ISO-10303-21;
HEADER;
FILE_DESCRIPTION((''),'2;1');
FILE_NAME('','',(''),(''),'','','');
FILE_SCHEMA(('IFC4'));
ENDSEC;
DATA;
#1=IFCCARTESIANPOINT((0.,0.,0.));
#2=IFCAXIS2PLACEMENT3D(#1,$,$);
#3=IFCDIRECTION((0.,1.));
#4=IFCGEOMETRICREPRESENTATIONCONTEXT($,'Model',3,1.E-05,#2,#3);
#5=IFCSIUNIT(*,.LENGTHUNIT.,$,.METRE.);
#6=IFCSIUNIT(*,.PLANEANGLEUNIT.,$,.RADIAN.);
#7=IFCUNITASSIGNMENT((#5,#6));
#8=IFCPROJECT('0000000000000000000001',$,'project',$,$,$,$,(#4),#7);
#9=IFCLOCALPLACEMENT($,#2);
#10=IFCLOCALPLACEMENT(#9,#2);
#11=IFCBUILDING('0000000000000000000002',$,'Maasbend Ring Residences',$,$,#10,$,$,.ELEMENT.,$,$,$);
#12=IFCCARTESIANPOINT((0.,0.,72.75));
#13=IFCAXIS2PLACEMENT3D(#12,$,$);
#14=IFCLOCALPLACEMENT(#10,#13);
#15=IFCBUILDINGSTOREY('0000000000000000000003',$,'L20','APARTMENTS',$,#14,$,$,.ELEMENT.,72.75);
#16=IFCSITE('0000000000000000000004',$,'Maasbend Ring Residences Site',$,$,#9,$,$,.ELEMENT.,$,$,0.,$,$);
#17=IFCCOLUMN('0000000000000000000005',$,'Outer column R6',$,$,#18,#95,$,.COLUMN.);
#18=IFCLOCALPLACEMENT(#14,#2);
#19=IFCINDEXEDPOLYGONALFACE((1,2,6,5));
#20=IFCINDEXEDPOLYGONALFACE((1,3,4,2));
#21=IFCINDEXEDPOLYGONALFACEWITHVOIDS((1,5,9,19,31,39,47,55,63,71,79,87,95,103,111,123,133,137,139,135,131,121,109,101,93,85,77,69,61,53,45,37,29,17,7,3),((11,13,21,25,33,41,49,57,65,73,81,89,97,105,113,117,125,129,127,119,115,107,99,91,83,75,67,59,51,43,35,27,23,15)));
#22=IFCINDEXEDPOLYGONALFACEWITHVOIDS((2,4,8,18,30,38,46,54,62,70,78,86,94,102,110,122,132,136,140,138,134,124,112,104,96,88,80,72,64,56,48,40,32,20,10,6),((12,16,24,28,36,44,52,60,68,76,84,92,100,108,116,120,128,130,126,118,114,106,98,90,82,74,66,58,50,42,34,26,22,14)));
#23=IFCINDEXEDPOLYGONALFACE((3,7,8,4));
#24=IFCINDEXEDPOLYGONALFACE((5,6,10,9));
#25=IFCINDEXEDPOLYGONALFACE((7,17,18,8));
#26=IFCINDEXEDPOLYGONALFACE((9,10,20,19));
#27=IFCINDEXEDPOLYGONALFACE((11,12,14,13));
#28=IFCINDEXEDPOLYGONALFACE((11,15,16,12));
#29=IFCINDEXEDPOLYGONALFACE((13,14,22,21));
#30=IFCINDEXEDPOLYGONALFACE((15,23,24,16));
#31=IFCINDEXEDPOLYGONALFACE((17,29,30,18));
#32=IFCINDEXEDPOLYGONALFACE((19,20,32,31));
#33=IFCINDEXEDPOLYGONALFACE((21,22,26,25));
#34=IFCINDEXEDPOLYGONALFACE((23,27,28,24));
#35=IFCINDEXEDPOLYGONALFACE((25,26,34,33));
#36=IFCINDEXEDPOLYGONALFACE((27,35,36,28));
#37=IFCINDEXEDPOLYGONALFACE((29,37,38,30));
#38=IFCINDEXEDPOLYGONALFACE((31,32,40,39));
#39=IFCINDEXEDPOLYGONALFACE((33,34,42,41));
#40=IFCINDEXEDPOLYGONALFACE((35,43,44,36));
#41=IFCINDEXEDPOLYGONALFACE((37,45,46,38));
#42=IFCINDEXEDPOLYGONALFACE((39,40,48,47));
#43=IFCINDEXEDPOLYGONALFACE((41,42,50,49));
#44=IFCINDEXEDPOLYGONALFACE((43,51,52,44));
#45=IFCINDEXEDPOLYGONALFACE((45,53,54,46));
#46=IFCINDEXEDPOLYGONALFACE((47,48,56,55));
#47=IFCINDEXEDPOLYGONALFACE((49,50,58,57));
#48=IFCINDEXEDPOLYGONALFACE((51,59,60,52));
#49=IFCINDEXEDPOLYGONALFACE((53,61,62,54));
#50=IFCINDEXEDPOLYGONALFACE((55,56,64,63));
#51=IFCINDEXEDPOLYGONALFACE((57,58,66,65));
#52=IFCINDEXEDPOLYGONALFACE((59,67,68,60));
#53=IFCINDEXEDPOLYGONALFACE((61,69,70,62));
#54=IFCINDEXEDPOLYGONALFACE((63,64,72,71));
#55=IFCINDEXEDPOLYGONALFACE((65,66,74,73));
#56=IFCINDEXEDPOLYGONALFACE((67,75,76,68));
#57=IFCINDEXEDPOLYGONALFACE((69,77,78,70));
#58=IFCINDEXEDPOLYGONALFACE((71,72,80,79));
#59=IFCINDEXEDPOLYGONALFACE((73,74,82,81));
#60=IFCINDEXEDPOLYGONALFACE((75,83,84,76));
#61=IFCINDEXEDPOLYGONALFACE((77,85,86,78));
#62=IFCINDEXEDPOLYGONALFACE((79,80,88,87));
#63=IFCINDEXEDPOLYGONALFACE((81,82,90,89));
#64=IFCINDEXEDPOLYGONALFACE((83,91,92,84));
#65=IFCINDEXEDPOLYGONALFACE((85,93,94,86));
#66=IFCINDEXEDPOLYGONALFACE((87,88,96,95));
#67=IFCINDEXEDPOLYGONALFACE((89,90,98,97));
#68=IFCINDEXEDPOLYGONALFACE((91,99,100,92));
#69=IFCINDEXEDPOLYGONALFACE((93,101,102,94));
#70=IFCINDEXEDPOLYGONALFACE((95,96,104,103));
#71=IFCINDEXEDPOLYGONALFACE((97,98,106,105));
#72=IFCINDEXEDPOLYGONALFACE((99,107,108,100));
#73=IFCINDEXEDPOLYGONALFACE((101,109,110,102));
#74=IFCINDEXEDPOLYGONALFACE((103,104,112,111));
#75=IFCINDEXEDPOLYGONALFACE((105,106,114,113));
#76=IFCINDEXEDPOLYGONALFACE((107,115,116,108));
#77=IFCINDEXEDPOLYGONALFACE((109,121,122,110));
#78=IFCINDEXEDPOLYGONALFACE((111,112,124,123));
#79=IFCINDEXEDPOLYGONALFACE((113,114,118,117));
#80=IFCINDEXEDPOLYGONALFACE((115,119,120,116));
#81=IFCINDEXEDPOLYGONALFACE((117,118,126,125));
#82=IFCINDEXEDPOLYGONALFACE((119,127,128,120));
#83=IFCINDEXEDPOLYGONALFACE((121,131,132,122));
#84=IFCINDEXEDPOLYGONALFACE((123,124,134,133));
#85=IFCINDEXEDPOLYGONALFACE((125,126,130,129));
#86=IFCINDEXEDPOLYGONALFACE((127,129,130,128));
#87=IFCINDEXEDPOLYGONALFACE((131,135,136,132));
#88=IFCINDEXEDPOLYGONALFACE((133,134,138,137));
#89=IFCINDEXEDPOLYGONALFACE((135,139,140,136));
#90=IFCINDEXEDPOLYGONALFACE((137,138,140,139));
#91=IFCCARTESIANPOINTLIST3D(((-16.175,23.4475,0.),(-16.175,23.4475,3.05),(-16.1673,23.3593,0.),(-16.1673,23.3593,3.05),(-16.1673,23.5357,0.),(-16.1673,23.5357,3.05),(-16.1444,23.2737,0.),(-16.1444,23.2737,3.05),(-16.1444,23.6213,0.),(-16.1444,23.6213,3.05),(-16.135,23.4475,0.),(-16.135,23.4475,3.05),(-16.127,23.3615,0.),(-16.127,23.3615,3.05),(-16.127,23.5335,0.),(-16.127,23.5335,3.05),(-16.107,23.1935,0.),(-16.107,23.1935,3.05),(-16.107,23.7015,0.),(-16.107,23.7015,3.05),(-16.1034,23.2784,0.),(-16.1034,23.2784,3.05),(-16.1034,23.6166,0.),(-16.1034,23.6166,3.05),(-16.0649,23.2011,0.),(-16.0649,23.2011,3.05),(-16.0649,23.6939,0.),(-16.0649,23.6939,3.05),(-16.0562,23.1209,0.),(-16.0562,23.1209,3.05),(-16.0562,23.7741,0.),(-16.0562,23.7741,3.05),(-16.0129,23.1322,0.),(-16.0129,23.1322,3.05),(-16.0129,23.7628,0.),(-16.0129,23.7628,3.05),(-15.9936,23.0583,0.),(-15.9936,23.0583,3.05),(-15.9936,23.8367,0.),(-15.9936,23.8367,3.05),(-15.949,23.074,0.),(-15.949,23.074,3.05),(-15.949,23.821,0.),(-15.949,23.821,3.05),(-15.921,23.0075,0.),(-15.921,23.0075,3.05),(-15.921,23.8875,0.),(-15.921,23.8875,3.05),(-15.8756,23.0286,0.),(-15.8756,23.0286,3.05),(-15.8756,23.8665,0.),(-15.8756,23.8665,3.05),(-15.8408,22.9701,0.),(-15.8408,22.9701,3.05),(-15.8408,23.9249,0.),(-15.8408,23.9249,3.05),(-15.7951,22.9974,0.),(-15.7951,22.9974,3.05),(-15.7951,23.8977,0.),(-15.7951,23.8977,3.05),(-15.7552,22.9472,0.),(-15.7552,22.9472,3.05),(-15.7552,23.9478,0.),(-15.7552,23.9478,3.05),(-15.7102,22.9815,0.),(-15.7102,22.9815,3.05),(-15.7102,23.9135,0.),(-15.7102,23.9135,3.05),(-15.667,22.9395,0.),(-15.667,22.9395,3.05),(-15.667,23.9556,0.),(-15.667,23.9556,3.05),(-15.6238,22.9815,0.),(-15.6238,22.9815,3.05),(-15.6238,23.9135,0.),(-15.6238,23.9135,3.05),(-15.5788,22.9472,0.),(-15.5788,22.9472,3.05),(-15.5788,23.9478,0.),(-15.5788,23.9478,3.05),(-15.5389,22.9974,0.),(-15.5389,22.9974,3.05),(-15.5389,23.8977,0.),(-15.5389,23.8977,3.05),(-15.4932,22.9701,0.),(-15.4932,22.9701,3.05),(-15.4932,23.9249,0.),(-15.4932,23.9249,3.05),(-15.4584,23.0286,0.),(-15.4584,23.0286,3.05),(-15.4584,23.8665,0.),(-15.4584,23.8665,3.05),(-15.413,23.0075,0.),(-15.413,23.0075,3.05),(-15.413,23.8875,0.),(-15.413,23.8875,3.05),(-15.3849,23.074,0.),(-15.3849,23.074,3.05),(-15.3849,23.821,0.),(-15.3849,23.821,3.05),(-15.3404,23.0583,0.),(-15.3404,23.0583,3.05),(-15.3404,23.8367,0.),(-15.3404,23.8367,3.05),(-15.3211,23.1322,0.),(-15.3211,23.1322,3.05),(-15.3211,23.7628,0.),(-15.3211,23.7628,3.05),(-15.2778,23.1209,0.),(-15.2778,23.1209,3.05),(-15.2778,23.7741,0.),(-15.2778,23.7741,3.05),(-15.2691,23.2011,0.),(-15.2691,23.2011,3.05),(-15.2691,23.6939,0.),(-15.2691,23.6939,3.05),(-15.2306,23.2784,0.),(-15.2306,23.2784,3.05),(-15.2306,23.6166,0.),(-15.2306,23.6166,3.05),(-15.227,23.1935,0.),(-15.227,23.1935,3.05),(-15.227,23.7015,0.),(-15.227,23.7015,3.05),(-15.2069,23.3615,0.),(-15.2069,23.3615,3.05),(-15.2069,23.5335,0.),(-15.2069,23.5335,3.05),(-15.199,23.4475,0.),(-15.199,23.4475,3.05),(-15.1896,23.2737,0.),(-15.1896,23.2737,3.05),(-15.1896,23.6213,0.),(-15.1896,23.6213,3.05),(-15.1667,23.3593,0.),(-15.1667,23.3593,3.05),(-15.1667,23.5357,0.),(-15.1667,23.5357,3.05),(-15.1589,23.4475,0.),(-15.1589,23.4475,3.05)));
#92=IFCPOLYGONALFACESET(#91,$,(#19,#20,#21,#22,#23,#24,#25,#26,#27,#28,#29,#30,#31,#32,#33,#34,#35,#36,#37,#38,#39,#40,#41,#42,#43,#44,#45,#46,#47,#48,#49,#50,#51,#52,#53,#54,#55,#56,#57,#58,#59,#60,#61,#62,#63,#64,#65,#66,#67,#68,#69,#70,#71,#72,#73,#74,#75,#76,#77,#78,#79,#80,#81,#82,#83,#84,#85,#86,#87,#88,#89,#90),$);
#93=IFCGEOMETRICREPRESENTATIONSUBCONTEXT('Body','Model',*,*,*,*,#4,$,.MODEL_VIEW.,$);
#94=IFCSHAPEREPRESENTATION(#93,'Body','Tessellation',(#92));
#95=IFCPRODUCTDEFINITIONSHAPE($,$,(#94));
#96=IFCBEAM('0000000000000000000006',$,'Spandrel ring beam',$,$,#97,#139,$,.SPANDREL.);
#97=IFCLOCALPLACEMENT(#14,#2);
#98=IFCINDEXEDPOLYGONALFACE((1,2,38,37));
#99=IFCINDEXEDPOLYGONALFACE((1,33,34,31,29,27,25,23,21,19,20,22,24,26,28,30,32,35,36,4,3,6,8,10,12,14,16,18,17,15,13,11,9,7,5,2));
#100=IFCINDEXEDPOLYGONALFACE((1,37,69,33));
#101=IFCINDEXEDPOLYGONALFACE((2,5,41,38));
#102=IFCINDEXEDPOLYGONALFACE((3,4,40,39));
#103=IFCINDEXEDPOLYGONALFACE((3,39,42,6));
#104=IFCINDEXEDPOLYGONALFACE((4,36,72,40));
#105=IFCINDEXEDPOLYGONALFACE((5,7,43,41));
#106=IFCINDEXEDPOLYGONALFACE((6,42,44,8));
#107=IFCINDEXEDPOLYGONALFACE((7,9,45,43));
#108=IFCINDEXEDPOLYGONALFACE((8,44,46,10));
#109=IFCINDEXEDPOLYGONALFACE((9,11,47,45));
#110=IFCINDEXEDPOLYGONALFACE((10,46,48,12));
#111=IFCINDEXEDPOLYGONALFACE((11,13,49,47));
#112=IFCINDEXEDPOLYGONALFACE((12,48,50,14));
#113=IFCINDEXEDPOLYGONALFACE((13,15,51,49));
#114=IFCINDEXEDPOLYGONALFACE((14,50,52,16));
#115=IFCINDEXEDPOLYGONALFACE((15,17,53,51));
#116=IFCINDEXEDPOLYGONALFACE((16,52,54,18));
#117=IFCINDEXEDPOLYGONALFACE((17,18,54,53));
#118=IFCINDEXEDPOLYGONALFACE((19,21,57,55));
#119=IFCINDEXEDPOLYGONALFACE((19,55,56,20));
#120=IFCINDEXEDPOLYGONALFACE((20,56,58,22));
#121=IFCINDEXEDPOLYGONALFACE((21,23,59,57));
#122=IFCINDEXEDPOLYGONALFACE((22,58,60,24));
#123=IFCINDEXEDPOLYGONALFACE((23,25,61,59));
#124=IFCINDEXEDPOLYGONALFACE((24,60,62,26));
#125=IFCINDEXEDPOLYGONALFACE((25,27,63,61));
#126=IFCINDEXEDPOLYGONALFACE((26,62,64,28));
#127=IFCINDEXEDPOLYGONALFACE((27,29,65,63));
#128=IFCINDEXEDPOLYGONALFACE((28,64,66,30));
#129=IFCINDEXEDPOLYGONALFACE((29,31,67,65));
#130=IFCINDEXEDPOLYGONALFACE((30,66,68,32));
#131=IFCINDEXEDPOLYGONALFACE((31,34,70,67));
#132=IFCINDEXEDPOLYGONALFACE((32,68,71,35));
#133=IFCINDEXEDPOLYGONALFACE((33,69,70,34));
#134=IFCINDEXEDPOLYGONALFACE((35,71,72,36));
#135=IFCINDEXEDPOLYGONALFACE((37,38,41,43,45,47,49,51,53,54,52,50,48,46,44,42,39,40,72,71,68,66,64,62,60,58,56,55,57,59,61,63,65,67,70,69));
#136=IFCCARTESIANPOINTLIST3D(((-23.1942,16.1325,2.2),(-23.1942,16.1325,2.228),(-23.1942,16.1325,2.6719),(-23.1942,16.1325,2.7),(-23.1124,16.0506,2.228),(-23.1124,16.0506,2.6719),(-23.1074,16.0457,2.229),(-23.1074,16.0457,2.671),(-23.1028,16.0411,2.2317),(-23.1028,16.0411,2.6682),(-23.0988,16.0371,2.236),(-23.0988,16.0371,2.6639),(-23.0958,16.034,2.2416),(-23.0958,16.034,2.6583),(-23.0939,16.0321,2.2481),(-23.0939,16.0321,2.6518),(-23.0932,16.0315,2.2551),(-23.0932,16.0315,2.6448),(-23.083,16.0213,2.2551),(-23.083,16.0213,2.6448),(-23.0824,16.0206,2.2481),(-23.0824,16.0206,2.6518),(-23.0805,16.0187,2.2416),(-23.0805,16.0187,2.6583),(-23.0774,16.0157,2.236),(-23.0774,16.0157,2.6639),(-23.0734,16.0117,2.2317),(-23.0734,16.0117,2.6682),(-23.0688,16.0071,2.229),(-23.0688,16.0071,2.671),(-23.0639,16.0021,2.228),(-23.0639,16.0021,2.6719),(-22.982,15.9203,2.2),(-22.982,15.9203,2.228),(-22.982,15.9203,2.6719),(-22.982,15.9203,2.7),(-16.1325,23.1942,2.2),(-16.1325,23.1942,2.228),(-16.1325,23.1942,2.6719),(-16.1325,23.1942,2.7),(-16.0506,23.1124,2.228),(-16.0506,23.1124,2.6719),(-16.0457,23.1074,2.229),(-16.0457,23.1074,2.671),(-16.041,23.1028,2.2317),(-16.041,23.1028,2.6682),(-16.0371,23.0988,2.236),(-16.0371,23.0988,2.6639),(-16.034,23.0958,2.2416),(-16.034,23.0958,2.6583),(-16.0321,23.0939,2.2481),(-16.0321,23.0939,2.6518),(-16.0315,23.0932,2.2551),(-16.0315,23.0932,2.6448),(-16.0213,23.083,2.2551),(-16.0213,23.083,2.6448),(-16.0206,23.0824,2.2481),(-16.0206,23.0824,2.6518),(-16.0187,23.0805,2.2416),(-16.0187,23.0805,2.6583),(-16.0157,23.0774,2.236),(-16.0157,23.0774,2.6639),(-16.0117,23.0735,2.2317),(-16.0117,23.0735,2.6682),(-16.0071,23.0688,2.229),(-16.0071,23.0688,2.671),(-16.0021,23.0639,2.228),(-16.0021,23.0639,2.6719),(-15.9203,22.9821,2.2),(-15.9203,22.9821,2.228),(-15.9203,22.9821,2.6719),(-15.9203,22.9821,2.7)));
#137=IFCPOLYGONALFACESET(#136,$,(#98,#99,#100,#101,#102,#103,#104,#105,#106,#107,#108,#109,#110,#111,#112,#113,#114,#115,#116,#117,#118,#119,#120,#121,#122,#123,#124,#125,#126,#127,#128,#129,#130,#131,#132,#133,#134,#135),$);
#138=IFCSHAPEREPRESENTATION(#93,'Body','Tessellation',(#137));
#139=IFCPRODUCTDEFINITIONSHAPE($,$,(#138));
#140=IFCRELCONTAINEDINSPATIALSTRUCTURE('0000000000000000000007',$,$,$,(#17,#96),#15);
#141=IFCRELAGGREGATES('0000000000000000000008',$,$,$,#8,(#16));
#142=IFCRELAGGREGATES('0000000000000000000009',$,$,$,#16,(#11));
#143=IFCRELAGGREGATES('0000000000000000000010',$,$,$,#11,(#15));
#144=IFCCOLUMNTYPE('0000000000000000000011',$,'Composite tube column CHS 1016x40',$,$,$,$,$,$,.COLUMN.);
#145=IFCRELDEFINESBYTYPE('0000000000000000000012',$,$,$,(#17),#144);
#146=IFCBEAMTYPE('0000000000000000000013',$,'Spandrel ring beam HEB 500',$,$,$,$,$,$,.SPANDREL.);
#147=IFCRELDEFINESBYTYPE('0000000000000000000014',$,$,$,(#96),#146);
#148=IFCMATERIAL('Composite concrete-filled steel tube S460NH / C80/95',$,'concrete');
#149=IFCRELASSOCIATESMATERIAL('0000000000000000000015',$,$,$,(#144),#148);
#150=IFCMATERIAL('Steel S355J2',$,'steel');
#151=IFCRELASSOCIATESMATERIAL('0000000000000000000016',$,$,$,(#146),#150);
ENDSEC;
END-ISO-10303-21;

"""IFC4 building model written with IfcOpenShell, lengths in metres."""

from ifc_helpers import new_model, si_unit, direction, frame, origin, origin_2d, place, context, subcontext, project, spatial, hollow_circle, i_section, extrude, material, material_profile, profile_set, type_object, element, save


model = new_model("IFC4")

# Units and contexts
model_context = context("Model", 3, precision=1e-05, world=origin(), true_north=direction((0.0, 1.0)))
body_context = subcontext(model_context, "Body", "Model", "MODEL_VIEW")
ifc_project = project(units=[si_unit("LENGTHUNIT", "METRE"), si_unit("PLANEANGLEUNIT", "RADIAN")], contexts=[model_context])

# Site, building, storey
site_placement = place(None, origin())
site = spatial("IfcSite", under=ifc_project, at=site_placement, Name="Maasbend Ring Residences Site", CompositionType="ELEMENT", RefElevation=0.0)
building_placement = place(site_placement, origin())
building = spatial("IfcBuilding", under=site, at=building_placement, Name="Maasbend Ring Residences", CompositionType="ELEMENT")
storey_placement = place(building_placement, frame((0.0, 0.0, 72.75)))
storey = spatial("IfcBuildingStorey", under=building, at=storey_placement, Name="L20", Description="APARTMENTS", CompositionType="ELEMENT", Elevation=72.75)

# Column
ifc_material_1 = material(Name="Composite concrete-filled steel tube S460NH / C80/95", Category="concrete")
ifc_material_profile_1 = material_profile(ifc_material_1, hollow_circle(Radius=0.5081, WallThickness=0.04, at=origin_2d()), Name="Composite tube column CHS 1016x40")
ifc_profile_set_1 = profile_set([ifc_material_profile_1], Name="Composite concrete-filled steel tube S460NH / C80/95")
column_type = type_object("IfcColumnType", Name="Composite tube column CHS 1016x40", PredefinedType="COLUMN", material=ifc_profile_set_1)
column_placement = place(storey_placement, frame((-15.667, 23.4475, 0.0), z_axis=(0.0, 0.0, 1.0), x_axis=(1.0, 0.0, 0.0)))
element("IfcColumn", 1, at=column_placement, inside=storey, type_object=column_type, Name="Outer column R6", PredefinedType="COLUMN", context=body_context, shape_type="SweptSolid", body=[
    extrude(hollow_circle(Radius=0.5081, WallThickness=0.04, at=origin_2d()), origin(), (0.0, 0.0, 1.0), 3.05),
])

# Beam
ifc_material_2 = material(Name="Steel S355J2", Category="steel")
ifc_material_profile_2 = material_profile(ifc_material_2, i_section(OverallWidth=0.3, OverallDepth=0.5, WebThickness=0.0144, FlangeThickness=0.0281, FilletRadius=0.0271, at=origin_2d()), Name="HEB 500")
ifc_profile_set_2 = profile_set([ifc_material_profile_2], Name="Steel S355J2")
beam_type = type_object("IfcBeamType", Name="Spandrel ring beam HEB 500", PredefinedType="SPANDREL", material=ifc_profile_set_2)
beam_placement = place(storey_placement, frame((-16.0264, 23.0881, 2.45), z_axis=(-0.707107, -0.707107, 0.0), x_axis=(0.707107, -0.707107, 0.0)))
element("IfcBeam", 2, at=beam_placement, inside=storey, type_object=beam_type, Name="Spandrel ring beam", PredefinedType="SPANDREL", context=body_context, shape_type="SweptSolid", body=[
    extrude(i_section(OverallWidth=0.3, OverallDepth=0.5, WebThickness=0.0144, FlangeThickness=0.0281, FilletRadius=0.0271, at=origin_2d()), origin(), (0.0, 0.0, 1.0), 9.9868),
])

save(model, "model.ifc")
